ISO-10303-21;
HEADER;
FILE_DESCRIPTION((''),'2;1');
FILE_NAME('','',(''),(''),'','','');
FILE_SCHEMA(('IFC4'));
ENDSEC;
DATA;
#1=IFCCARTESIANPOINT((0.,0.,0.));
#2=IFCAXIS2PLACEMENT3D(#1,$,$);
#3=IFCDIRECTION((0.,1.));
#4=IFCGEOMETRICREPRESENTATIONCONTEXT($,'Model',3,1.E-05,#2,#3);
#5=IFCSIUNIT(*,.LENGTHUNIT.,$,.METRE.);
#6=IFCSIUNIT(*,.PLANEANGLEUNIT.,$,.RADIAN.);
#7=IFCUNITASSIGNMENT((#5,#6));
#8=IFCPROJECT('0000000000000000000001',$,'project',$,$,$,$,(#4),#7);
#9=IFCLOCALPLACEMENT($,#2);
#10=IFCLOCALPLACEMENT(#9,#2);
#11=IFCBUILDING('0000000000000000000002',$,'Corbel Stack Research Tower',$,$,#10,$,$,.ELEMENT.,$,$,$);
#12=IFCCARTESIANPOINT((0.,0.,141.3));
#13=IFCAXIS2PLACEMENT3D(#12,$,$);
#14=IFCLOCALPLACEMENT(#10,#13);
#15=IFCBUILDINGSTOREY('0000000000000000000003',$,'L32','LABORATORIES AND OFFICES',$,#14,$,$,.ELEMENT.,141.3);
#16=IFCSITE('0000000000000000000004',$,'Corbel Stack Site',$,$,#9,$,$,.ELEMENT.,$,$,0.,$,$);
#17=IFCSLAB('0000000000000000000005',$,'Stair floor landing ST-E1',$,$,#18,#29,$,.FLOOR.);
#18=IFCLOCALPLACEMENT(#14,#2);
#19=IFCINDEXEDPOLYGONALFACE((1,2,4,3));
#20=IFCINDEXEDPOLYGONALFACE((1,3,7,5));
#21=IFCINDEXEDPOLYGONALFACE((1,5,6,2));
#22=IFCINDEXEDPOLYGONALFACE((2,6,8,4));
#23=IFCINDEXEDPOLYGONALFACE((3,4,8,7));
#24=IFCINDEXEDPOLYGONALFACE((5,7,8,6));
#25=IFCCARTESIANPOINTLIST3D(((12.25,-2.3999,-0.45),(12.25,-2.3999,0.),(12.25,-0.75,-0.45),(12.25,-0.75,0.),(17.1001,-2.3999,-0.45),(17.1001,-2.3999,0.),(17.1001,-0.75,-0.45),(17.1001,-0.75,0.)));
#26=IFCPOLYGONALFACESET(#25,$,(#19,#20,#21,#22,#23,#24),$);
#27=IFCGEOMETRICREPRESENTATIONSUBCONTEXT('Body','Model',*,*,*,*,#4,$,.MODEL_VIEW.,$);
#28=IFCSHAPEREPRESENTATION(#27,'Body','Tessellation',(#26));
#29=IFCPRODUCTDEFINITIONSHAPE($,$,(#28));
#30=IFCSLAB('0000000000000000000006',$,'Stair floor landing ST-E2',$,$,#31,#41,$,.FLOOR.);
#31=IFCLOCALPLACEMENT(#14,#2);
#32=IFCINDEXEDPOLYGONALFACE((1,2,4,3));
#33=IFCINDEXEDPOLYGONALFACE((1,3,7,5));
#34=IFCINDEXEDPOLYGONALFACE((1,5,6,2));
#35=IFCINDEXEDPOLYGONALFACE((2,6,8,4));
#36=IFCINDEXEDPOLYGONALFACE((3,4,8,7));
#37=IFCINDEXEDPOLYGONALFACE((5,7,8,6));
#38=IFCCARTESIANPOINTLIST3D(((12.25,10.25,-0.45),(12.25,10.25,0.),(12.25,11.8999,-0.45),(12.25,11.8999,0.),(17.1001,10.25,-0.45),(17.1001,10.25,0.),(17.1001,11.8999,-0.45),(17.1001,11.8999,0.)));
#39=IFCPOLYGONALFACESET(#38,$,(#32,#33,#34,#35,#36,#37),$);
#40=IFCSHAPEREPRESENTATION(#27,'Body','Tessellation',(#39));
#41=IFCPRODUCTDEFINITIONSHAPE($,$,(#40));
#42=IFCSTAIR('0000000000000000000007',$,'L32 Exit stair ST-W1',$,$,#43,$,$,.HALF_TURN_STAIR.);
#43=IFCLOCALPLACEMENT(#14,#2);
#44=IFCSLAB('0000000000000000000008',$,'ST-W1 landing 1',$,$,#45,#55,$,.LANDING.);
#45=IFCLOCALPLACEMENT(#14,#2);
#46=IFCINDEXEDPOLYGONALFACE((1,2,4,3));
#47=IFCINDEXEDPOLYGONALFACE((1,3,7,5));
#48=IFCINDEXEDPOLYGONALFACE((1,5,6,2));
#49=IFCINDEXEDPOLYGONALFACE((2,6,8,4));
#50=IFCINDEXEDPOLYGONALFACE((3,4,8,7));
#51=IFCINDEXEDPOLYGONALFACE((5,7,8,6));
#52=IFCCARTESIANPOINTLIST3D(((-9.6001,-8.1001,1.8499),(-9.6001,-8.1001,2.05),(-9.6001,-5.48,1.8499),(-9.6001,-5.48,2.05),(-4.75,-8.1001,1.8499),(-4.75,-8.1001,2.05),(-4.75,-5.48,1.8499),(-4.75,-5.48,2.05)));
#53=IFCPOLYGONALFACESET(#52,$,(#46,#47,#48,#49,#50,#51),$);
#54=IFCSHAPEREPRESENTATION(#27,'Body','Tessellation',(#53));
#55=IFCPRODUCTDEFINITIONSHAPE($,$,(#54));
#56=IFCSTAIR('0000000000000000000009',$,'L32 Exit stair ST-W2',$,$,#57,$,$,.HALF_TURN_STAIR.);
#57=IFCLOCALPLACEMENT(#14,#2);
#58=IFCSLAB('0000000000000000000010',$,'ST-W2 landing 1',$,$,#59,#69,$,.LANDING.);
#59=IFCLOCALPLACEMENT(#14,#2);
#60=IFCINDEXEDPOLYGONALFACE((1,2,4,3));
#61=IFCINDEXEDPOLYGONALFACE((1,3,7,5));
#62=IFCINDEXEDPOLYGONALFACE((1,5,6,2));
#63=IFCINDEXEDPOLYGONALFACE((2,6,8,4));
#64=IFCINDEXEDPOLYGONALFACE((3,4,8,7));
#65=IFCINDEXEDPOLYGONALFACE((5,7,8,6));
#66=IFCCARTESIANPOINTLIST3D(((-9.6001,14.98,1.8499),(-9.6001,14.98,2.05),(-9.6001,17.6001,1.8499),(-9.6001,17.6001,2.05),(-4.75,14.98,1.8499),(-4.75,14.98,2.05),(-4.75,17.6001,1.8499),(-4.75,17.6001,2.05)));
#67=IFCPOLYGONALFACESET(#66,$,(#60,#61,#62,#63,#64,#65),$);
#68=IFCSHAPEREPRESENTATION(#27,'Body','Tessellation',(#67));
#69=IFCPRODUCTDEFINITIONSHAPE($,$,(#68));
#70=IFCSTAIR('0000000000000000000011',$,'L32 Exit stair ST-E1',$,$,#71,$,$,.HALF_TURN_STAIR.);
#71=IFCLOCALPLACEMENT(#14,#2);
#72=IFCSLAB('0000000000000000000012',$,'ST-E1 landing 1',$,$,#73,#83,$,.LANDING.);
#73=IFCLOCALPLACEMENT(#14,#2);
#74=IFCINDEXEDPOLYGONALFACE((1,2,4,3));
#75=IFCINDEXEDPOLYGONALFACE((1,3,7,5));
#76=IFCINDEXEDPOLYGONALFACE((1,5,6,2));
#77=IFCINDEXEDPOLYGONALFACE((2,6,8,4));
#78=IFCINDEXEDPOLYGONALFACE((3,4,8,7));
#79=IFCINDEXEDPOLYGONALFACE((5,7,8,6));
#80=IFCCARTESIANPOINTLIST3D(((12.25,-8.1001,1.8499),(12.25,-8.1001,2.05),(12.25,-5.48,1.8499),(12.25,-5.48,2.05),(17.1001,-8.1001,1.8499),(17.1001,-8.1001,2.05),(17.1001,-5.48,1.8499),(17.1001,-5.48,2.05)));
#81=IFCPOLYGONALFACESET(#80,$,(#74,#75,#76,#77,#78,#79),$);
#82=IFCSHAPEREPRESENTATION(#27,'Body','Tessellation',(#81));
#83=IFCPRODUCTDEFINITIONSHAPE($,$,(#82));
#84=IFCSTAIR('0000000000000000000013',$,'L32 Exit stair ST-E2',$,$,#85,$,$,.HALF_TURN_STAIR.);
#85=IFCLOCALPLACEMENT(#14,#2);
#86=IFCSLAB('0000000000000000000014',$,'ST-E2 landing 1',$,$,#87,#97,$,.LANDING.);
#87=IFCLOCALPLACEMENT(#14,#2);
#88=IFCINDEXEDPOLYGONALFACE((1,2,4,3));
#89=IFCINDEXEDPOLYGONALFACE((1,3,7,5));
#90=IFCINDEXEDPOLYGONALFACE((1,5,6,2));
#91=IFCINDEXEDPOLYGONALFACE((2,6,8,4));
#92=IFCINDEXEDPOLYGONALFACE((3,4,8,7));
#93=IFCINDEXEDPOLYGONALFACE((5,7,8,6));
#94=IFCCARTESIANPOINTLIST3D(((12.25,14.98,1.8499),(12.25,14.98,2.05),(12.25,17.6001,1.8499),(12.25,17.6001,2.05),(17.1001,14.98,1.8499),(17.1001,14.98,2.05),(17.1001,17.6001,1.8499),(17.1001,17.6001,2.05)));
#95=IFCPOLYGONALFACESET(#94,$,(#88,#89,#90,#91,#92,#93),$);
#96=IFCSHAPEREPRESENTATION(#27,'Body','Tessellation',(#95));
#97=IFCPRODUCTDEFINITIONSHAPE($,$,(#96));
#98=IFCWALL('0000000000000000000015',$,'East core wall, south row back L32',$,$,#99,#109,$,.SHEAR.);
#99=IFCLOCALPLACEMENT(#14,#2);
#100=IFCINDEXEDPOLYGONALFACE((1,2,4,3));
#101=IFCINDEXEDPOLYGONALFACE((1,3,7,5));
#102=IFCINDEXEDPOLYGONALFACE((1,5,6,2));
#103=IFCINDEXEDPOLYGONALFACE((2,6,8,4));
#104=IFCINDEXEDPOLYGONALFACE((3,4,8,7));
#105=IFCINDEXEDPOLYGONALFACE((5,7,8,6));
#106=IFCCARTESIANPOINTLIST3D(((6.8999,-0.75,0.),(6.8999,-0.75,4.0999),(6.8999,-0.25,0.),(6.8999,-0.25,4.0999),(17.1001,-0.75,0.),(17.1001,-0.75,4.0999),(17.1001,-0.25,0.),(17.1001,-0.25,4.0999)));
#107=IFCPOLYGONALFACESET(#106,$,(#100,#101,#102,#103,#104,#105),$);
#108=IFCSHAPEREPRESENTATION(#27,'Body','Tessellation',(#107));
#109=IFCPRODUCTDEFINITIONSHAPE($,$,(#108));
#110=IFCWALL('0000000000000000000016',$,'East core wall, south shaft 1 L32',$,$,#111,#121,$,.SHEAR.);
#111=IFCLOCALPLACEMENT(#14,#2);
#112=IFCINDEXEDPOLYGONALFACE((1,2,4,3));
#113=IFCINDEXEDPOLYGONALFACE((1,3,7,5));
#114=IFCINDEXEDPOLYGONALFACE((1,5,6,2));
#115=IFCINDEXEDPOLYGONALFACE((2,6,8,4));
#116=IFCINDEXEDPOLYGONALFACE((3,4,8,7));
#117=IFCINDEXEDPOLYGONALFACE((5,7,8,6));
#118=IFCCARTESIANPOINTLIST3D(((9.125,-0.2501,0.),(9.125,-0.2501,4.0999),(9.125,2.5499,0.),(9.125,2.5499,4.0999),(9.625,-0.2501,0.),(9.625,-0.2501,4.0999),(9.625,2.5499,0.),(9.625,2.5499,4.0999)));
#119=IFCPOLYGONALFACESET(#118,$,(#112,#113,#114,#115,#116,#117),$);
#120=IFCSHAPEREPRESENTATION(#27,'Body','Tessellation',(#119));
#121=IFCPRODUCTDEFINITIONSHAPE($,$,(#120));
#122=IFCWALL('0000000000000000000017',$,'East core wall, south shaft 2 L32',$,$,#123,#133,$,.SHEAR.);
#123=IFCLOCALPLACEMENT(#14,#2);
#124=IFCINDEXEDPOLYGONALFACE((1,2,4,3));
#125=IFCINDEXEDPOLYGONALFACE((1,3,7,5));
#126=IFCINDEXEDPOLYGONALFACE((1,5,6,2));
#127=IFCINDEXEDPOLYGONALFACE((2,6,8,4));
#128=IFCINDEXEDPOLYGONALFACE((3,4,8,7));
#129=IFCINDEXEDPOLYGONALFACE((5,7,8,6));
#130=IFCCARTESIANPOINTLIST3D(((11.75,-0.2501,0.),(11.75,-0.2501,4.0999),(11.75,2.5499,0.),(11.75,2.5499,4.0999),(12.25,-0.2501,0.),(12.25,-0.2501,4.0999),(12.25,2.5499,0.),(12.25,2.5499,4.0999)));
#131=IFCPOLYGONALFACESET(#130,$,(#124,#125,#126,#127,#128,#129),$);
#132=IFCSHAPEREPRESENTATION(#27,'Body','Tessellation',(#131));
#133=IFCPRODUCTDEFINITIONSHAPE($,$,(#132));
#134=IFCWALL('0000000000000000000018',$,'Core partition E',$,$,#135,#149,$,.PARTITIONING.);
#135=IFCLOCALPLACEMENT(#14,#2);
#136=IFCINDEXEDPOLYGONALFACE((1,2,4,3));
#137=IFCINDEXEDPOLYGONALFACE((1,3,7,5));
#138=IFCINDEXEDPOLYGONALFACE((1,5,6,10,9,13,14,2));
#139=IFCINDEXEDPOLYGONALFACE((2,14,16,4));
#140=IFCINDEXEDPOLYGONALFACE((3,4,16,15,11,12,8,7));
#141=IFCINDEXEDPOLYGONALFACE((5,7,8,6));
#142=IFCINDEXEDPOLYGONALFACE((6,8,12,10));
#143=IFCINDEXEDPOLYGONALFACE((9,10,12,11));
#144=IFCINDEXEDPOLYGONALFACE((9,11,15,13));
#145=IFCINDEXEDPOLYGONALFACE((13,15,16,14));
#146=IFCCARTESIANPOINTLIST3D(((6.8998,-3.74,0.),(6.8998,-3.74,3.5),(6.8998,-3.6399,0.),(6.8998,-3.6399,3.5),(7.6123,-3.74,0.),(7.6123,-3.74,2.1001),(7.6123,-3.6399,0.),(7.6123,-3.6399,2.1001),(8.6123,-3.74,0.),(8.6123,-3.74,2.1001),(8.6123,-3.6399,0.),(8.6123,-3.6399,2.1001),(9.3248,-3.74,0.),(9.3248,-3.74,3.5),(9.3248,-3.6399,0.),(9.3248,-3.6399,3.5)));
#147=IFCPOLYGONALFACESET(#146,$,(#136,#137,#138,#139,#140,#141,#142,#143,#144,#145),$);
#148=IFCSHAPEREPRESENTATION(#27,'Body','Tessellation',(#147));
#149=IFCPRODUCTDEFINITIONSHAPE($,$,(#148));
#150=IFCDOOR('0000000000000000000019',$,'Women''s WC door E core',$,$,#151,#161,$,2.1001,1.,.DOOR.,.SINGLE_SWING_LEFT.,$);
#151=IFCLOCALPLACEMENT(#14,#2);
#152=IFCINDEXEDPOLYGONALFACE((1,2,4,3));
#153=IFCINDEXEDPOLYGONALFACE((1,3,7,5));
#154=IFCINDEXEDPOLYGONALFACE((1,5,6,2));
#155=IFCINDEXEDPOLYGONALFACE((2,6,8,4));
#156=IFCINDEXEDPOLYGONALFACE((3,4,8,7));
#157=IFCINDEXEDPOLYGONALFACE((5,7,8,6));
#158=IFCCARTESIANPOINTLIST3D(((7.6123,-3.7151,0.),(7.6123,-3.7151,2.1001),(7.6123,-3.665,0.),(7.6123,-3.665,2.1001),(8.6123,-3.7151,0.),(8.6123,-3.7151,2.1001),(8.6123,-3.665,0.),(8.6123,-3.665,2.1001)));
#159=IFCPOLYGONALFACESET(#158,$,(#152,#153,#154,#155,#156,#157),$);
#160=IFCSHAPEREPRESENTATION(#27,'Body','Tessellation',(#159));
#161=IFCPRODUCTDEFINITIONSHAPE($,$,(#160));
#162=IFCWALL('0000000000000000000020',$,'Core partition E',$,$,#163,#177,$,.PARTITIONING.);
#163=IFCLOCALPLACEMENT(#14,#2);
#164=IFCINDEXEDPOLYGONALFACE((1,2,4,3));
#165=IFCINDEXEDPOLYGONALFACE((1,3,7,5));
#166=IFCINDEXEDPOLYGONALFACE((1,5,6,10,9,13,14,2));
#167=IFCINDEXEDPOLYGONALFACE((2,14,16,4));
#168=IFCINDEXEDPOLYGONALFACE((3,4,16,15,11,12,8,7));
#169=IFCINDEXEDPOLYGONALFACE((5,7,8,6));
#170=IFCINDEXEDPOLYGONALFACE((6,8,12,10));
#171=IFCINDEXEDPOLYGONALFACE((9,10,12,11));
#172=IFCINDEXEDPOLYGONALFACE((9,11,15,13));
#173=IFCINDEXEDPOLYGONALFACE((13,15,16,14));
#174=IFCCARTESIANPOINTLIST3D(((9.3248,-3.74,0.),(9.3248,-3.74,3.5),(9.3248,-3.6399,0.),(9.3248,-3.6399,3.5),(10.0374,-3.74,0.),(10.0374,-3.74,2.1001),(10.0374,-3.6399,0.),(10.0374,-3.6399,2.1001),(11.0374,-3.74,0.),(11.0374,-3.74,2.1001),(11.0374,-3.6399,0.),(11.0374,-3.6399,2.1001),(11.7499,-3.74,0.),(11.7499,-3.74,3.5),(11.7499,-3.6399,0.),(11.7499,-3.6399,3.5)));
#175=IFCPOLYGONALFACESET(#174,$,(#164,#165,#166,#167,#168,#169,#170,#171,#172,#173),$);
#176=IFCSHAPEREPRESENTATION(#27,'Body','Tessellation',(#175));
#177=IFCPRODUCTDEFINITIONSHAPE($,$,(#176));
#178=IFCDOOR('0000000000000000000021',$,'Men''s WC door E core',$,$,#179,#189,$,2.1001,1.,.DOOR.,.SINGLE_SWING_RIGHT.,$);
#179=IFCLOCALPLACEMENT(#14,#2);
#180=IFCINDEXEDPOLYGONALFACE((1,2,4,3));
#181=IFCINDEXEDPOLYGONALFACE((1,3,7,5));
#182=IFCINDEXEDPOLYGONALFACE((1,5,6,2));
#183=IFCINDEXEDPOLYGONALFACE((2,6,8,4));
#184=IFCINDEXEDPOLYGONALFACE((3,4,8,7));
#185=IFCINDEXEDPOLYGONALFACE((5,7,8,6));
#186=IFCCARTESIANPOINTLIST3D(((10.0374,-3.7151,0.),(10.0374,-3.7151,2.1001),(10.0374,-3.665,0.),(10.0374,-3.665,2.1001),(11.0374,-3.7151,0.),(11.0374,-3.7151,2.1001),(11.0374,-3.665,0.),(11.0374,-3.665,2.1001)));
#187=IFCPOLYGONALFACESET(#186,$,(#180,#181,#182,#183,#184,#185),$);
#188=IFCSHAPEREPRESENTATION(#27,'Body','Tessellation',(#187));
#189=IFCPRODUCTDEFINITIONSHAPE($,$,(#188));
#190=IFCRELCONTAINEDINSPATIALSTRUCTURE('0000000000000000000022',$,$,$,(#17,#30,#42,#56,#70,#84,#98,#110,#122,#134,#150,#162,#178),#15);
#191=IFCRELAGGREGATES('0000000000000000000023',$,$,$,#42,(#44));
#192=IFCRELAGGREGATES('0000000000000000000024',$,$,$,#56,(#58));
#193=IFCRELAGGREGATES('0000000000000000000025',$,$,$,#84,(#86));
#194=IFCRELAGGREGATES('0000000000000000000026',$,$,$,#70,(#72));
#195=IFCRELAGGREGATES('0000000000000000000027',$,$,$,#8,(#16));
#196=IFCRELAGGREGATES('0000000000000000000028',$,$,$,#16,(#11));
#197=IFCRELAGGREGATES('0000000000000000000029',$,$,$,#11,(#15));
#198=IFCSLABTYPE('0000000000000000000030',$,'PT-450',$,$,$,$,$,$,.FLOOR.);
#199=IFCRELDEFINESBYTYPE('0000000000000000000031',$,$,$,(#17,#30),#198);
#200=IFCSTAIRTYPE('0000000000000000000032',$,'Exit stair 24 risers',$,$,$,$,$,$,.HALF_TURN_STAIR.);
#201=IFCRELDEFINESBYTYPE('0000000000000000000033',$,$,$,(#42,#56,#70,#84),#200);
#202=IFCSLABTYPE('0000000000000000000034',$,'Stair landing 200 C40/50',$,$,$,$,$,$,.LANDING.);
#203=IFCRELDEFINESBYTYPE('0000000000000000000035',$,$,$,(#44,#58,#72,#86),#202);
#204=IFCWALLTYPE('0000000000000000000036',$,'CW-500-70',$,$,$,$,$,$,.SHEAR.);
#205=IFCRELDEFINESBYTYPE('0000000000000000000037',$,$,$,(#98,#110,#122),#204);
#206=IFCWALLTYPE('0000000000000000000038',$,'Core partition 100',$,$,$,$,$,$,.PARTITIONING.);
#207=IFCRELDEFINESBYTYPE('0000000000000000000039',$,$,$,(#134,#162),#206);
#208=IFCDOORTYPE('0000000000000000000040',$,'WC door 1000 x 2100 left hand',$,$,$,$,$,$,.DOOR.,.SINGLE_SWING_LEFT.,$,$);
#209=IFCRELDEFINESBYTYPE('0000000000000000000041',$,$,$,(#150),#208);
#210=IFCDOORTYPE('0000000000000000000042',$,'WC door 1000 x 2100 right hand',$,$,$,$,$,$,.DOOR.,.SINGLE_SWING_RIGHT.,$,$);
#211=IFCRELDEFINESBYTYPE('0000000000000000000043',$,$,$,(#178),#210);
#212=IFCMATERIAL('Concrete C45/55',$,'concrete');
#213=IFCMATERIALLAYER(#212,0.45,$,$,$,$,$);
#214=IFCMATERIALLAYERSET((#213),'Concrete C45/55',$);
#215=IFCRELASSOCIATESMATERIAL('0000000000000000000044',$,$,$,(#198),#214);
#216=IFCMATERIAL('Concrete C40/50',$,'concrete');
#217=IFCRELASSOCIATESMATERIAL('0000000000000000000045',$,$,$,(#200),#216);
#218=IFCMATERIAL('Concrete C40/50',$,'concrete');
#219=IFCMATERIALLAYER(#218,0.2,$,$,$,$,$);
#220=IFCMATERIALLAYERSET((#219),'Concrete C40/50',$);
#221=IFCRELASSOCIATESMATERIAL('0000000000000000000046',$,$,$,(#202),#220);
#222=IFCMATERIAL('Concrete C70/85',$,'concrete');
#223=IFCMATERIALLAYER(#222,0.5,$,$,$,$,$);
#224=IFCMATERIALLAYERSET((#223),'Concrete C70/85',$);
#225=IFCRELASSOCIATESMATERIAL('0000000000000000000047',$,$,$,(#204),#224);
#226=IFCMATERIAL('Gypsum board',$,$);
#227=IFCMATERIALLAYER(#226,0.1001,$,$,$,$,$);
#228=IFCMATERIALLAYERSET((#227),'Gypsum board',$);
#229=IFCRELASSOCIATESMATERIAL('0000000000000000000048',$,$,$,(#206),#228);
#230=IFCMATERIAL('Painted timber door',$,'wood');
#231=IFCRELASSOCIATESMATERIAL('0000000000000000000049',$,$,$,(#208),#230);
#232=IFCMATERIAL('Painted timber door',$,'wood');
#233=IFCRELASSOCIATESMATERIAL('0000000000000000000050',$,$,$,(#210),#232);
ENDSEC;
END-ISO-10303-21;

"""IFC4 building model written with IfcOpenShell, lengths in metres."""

from ifc_helpers import new_model, si_unit, direction, frame, frame_2d, origin, place, context, subcontext, project, spatial, polyline, rectangle, outline, extrude, material, layer, layer_set, type_object, element, fill, aggregate, save


model = new_model("IFC4")

# Units and contexts
model_context = context("Model", 3, precision=1e-05, world=origin(), true_north=direction((0.0, 1.0)))
body_context = subcontext(model_context, "Body", "Model", "MODEL_VIEW")
ifc_project = project(units=[si_unit("LENGTHUNIT", "METRE"), si_unit("PLANEANGLEUNIT", "RADIAN")], contexts=[model_context])

# Site, building, storey
site_placement = place(None, origin())
site = spatial("IfcSite", under=ifc_project, at=site_placement, Name="Corbel Stack Site", CompositionType="ELEMENT", RefElevation=0.0)
building_placement = place(site_placement, origin())
building = spatial("IfcBuilding", under=site, at=building_placement, Name="Corbel Stack Research Tower", CompositionType="ELEMENT")
storey_placement = place(building_placement, frame((0.0, 0.0, 141.3)))
storey = spatial("IfcBuildingStorey", under=building, at=storey_placement, Name="L32", Description="LABORATORIES AND OFFICES", CompositionType="ELEMENT", Elevation=141.3)

# Slabs
ifc_material_1 = material(Name="Concrete C45/55", Category="concrete")
ifc_layer_1 = layer(ifc_material_1, 0.45)
ifc_layer_set_1 = layer_set([ifc_layer_1], Name="Concrete C45/55")
slab_type_1 = type_object("IfcSlabType", Name="PT-450", PredefinedType="FLOOR", material=ifc_layer_set_1)
slab_1_placement = place(storey_placement, frame((0.0, 0.0, -0.45)))
element("IfcSlab", 1, at=slab_1_placement, inside=storey, type_object=slab_type_1, Name="Stair floor landing ST-E1", PredefinedType="FLOOR", context=body_context, shape_type="SweptSolid", body=[
    extrude(outline(polyline([(12.25, -2.3999), (17.1001, -2.3999), (17.1001, -0.75), (12.25, -0.75), (12.25, -2.3999)])), origin(), (0.0, 0.0, 1.0), 0.45),
])
slab_2_placement = place(storey_placement, frame((0.0, 0.0, -0.45)))
element("IfcSlab", 2, at=slab_2_placement, inside=storey, type_object=slab_type_1, Name="Stair floor landing ST-E2", PredefinedType="FLOOR", context=body_context, shape_type="SweptSolid", body=[
    extrude(outline(polyline([(12.25, 10.25), (17.1001, 10.25), (17.1001, 11.8999), (12.25, 11.8999), (12.25, 10.25)])), origin(), (0.0, 0.0, 1.0), 0.45),
])

# Stairs, slabs
ifc_material_2 = material(Name="Concrete C40/50", Category="concrete")
stair_type = type_object("IfcStairType", Name="Exit stair 24 risers", PredefinedType="HALF_TURN_STAIR", material=ifc_material_2)
stair_1_placement = place(storey_placement, origin())
stair_1 = element("IfcStair", 3, at=stair_1_placement, inside=storey, type_object=stair_type, Name="L32 Exit stair ST-W1", PredefinedType="HALF_TURN_STAIR")
ifc_material_3 = material(Name="Concrete C40/50", Category="concrete")
ifc_layer_2 = layer(ifc_material_3, 0.2)
ifc_layer_set_2 = layer_set([ifc_layer_2], Name="Concrete C40/50")
slab_type_2 = type_object("IfcSlabType", Name="Stair landing 200 C40/50", PredefinedType="LANDING", material=ifc_layer_set_2)
slab_3_placement = place(storey_placement, frame((0.0, 0.0, 1.8499)))
slab_3 = element("IfcSlab", 4, at=slab_3_placement, type_object=slab_type_2, Name="ST-W1 landing 1", PredefinedType="LANDING", context=body_context, shape_type="SweptSolid", body=[
    extrude(outline(polyline([(-9.6001, -8.1001), (-9.6001, -5.48), (-4.75, -5.48), (-4.75, -8.1001), (-9.6001, -8.1001)])), origin(), (0.0, 0.0, 1.0), 0.2002),
])
aggregate(stair_1, [slab_3])
stair_2_placement = place(storey_placement, origin())
stair_2 = element("IfcStair", 5, at=stair_2_placement, inside=storey, type_object=stair_type, Name="L32 Exit stair ST-W2", PredefinedType="HALF_TURN_STAIR")
slab_4_placement = place(storey_placement, frame((0.0, 0.0, 1.8499)))
slab_4 = element("IfcSlab", 6, at=slab_4_placement, type_object=slab_type_2, Name="ST-W2 landing 1", PredefinedType="LANDING", context=body_context, shape_type="SweptSolid", body=[
    extrude(outline(polyline([(-9.6001, 14.98), (-9.6001, 17.6001), (-4.75, 17.6001), (-4.75, 14.98), (-9.6001, 14.98)])), origin(), (0.0, 0.0, 1.0), 0.2002),
])
aggregate(stair_2, [slab_4])
stair_3_placement = place(storey_placement, origin())
stair_3 = element("IfcStair", 7, at=stair_3_placement, inside=storey, type_object=stair_type, Name="L32 Exit stair ST-E1", PredefinedType="HALF_TURN_STAIR")
slab_5_placement = place(storey_placement, frame((0.0, 0.0, 1.8499)))
slab_5 = element("IfcSlab", 8, at=slab_5_placement, type_object=slab_type_2, Name="ST-E1 landing 1", PredefinedType="LANDING", context=body_context, shape_type="SweptSolid", body=[
    extrude(outline(polyline([(12.25, -8.1001), (12.25, -5.48), (17.1001, -5.48), (17.1001, -8.1001), (12.25, -8.1001)])), origin(), (0.0, 0.0, 1.0), 0.2002),
])
stair_4_placement = place(storey_placement, origin())
stair_4 = element("IfcStair", 9, at=stair_4_placement, inside=storey, type_object=stair_type, Name="L32 Exit stair ST-E2", PredefinedType="HALF_TURN_STAIR")
slab_6_placement = place(storey_placement, frame((0.0, 0.0, 1.8499)))
slab_6 = element("IfcSlab", 10, at=slab_6_placement, type_object=slab_type_2, Name="ST-E2 landing 1", PredefinedType="LANDING", context=body_context, shape_type="SweptSolid", body=[
    extrude(outline(polyline([(12.25, 14.98), (12.25, 17.6001), (17.1001, 17.6001), (17.1001, 14.98), (12.25, 14.98)])), origin(), (0.0, 0.0, 1.0), 0.2002),
])
aggregate(stair_4, [slab_6])

# Walls
ifc_material_4 = material(Name="Concrete C70/85", Category="concrete")
ifc_layer_3 = layer(ifc_material_4, 0.5)
ifc_layer_set_3 = layer_set([ifc_layer_3], Name="Concrete C70/85")
wall_type_1 = type_object("IfcWallType", Name="CW-500-70", PredefinedType="SHEAR", material=ifc_layer_set_3)
wall_1_placement = place(storey_placement, frame((6.8999, -0.5, 0.0), z_axis=(0.0, 0.0, 1.0), x_axis=(1.0, 0.0, 0.0)))
element("IfcWall", 11, at=wall_1_placement, inside=storey, type_object=wall_type_1, Name="East core wall, south row back L32", PredefinedType="SHEAR", context=body_context, shape_type="SweptSolid", body=[
    extrude(rectangle(XDim=10.2002, YDim=0.5, at=frame_2d((5.1001, 0.0))), origin(), (0.0, 0.0, 1.0), 4.0999),
])
for number, where, z_axis, x_axis, name in (
    (12, (9.375, -0.25, 0.0), (0.0, 0.0, 1.0), (0.0, 1.0, 0.0), "East core wall, south shaft 1 L32"),
    (13, (12.0, -0.25, 0.0), (0.0, 0.0, 1.0), (0.0, 1.0, 0.0), "East core wall, south shaft 2 L32"),
):
    element("IfcWall", number, at=place(storey_placement, frame(where, z_axis=z_axis, x_axis=x_axis)), inside=storey, type_object=wall_type_1, Name=name, PredefinedType="SHEAR", context=body_context, shape_type="SweptSolid", body=[
        extrude(rectangle(XDim=2.8, YDim=0.5, at=frame_2d((1.3999, 0.0))), origin(), (0.0, 0.0, 1.0), 4.0999),
    ])

# Walls, openings, doors
ifc_material_5 = material(Name="Gypsum board")
ifc_layer_4 = layer(ifc_material_5, 0.1001)
ifc_layer_set_4 = layer_set([ifc_layer_4], Name="Gypsum board")
wall_type_2 = type_object("IfcWallType", Name="Core partition 100", PredefinedType="PARTITIONING", material=ifc_layer_set_4)
wall_2_placement = place(storey_placement, frame((6.8999, -3.6899, 0.0), z_axis=(0.0, 0.0, 1.0), x_axis=(1.0, 0.0, 0.0)))
wall_2 = element("IfcWall", 14, at=wall_2_placement, inside=storey, type_object=wall_type_2, Name="Core partition E", PredefinedType="PARTITIONING", context=body_context, shape_type="SweptSolid", body=[
    extrude(rectangle(XDim=2.425, YDim=0.1001, at=frame_2d((1.2124, 0.0))), origin(), (0.0, 0.0, 1.0), 3.5),
])
opening_1_placement = place(wall_2_placement, frame((0.7124, 0.0, 0.0)))
opening_1 = element("IfcOpeningElement", 15, at=opening_1_placement, cuts=wall_2, PredefinedType="OPENING", context=body_context, shape_type="SweptSolid", body=[
    extrude(rectangle(XDim=1.0, YDim=2.1001, at=frame_2d((0.5, 1.05))), frame((0.0, 0.0601, 0.0), z_axis=(0.0, -1.0, 0.0), x_axis=(1.0, 0.0, 0.0)), (0.0, 0.0, 1.0), 0.1201),
])
ifc_material_6 = material(Name="Painted timber door", Category="wood")
door_type_1 = type_object("IfcDoorType", Name="WC door 1000 x 2100 left hand", OperationType="SINGLE_SWING_LEFT", PredefinedType="DOOR", material=ifc_material_6)
door_1_placement = place(opening_1_placement, origin())
door_1 = element("IfcDoor", 16, at=door_1_placement, inside=storey, type_object=door_type_1, Name="Women's WC door E core", OperationType="SINGLE_SWING_LEFT", OverallHeight=2.1001, OverallWidth=1.0, PredefinedType="DOOR", context=body_context, shape_type="SweptSolid", body=[
    extrude(rectangle(XDim=1.0, YDim=2.1001, at=frame_2d((0.5, 1.05))), frame((0.0, 0.0249, 0.0), z_axis=(0.0, -1.0, 0.0), x_axis=(1.0, 0.0, 0.0)), (0.0, 0.0, 1.0), 0.05),
])
fill(opening_1, door_1)
wall_3_placement = place(storey_placement, frame((9.325, -3.6899, 0.0), z_axis=(0.0, 0.0, 1.0), x_axis=(1.0, 0.0, 0.0)))
wall_3 = element("IfcWall", 17, at=wall_3_placement, inside=storey, type_object=wall_type_2, Name="Core partition E", PredefinedType="PARTITIONING", context=body_context, shape_type="SweptSolid", body=[
    extrude(rectangle(XDim=2.425, YDim=0.1001, at=frame_2d((1.2124, 0.0))), origin(), (0.0, 0.0, 1.0), 3.5),
])
opening_2_placement = place(wall_3_placement, frame((0.7124, 0.0, 0.0)))
opening_2 = element("IfcOpeningElement", 18, at=opening_2_placement, cuts=wall_3, PredefinedType="OPENING", context=body_context, shape_type="SweptSolid", body=[
    extrude(rectangle(XDim=1.0, YDim=2.1001, at=frame_2d((0.5, 1.05))), frame((0.0, 0.0601, 0.0), z_axis=(0.0, -1.0, 0.0), x_axis=(1.0, 0.0, 0.0)), (0.0, 0.0, 1.0), 0.1201),
])
ifc_material_7 = material(Name="Painted timber door", Category="wood")
door_type_2 = type_object("IfcDoorType", Name="WC door 1000 x 2100 right hand", OperationType="SINGLE_SWING_RIGHT", PredefinedType="DOOR", material=ifc_material_7)
door_2_placement = place(opening_2_placement, origin())
door_2 = element("IfcDoor", 19, at=door_2_placement, inside=storey, type_object=door_type_2, Name="Men's WC door E core", OperationType="SINGLE_SWING_RIGHT", OverallHeight=2.1001, OverallWidth=1.0, PredefinedType="DOOR", context=body_context, shape_type="SweptSolid", body=[
    extrude(rectangle(XDim=1.0, YDim=2.1001, at=frame_2d((0.5, 1.05))), frame((0.0, 0.0249, 0.0), z_axis=(0.0, -1.0, 0.0), x_axis=(1.0, 0.0, 0.0)), (0.0, 0.0, 1.0), 0.05),
])
fill(opening_2, door_2)

aggregate(stair_3, [slab_5])

save(model, "model.ifc")
